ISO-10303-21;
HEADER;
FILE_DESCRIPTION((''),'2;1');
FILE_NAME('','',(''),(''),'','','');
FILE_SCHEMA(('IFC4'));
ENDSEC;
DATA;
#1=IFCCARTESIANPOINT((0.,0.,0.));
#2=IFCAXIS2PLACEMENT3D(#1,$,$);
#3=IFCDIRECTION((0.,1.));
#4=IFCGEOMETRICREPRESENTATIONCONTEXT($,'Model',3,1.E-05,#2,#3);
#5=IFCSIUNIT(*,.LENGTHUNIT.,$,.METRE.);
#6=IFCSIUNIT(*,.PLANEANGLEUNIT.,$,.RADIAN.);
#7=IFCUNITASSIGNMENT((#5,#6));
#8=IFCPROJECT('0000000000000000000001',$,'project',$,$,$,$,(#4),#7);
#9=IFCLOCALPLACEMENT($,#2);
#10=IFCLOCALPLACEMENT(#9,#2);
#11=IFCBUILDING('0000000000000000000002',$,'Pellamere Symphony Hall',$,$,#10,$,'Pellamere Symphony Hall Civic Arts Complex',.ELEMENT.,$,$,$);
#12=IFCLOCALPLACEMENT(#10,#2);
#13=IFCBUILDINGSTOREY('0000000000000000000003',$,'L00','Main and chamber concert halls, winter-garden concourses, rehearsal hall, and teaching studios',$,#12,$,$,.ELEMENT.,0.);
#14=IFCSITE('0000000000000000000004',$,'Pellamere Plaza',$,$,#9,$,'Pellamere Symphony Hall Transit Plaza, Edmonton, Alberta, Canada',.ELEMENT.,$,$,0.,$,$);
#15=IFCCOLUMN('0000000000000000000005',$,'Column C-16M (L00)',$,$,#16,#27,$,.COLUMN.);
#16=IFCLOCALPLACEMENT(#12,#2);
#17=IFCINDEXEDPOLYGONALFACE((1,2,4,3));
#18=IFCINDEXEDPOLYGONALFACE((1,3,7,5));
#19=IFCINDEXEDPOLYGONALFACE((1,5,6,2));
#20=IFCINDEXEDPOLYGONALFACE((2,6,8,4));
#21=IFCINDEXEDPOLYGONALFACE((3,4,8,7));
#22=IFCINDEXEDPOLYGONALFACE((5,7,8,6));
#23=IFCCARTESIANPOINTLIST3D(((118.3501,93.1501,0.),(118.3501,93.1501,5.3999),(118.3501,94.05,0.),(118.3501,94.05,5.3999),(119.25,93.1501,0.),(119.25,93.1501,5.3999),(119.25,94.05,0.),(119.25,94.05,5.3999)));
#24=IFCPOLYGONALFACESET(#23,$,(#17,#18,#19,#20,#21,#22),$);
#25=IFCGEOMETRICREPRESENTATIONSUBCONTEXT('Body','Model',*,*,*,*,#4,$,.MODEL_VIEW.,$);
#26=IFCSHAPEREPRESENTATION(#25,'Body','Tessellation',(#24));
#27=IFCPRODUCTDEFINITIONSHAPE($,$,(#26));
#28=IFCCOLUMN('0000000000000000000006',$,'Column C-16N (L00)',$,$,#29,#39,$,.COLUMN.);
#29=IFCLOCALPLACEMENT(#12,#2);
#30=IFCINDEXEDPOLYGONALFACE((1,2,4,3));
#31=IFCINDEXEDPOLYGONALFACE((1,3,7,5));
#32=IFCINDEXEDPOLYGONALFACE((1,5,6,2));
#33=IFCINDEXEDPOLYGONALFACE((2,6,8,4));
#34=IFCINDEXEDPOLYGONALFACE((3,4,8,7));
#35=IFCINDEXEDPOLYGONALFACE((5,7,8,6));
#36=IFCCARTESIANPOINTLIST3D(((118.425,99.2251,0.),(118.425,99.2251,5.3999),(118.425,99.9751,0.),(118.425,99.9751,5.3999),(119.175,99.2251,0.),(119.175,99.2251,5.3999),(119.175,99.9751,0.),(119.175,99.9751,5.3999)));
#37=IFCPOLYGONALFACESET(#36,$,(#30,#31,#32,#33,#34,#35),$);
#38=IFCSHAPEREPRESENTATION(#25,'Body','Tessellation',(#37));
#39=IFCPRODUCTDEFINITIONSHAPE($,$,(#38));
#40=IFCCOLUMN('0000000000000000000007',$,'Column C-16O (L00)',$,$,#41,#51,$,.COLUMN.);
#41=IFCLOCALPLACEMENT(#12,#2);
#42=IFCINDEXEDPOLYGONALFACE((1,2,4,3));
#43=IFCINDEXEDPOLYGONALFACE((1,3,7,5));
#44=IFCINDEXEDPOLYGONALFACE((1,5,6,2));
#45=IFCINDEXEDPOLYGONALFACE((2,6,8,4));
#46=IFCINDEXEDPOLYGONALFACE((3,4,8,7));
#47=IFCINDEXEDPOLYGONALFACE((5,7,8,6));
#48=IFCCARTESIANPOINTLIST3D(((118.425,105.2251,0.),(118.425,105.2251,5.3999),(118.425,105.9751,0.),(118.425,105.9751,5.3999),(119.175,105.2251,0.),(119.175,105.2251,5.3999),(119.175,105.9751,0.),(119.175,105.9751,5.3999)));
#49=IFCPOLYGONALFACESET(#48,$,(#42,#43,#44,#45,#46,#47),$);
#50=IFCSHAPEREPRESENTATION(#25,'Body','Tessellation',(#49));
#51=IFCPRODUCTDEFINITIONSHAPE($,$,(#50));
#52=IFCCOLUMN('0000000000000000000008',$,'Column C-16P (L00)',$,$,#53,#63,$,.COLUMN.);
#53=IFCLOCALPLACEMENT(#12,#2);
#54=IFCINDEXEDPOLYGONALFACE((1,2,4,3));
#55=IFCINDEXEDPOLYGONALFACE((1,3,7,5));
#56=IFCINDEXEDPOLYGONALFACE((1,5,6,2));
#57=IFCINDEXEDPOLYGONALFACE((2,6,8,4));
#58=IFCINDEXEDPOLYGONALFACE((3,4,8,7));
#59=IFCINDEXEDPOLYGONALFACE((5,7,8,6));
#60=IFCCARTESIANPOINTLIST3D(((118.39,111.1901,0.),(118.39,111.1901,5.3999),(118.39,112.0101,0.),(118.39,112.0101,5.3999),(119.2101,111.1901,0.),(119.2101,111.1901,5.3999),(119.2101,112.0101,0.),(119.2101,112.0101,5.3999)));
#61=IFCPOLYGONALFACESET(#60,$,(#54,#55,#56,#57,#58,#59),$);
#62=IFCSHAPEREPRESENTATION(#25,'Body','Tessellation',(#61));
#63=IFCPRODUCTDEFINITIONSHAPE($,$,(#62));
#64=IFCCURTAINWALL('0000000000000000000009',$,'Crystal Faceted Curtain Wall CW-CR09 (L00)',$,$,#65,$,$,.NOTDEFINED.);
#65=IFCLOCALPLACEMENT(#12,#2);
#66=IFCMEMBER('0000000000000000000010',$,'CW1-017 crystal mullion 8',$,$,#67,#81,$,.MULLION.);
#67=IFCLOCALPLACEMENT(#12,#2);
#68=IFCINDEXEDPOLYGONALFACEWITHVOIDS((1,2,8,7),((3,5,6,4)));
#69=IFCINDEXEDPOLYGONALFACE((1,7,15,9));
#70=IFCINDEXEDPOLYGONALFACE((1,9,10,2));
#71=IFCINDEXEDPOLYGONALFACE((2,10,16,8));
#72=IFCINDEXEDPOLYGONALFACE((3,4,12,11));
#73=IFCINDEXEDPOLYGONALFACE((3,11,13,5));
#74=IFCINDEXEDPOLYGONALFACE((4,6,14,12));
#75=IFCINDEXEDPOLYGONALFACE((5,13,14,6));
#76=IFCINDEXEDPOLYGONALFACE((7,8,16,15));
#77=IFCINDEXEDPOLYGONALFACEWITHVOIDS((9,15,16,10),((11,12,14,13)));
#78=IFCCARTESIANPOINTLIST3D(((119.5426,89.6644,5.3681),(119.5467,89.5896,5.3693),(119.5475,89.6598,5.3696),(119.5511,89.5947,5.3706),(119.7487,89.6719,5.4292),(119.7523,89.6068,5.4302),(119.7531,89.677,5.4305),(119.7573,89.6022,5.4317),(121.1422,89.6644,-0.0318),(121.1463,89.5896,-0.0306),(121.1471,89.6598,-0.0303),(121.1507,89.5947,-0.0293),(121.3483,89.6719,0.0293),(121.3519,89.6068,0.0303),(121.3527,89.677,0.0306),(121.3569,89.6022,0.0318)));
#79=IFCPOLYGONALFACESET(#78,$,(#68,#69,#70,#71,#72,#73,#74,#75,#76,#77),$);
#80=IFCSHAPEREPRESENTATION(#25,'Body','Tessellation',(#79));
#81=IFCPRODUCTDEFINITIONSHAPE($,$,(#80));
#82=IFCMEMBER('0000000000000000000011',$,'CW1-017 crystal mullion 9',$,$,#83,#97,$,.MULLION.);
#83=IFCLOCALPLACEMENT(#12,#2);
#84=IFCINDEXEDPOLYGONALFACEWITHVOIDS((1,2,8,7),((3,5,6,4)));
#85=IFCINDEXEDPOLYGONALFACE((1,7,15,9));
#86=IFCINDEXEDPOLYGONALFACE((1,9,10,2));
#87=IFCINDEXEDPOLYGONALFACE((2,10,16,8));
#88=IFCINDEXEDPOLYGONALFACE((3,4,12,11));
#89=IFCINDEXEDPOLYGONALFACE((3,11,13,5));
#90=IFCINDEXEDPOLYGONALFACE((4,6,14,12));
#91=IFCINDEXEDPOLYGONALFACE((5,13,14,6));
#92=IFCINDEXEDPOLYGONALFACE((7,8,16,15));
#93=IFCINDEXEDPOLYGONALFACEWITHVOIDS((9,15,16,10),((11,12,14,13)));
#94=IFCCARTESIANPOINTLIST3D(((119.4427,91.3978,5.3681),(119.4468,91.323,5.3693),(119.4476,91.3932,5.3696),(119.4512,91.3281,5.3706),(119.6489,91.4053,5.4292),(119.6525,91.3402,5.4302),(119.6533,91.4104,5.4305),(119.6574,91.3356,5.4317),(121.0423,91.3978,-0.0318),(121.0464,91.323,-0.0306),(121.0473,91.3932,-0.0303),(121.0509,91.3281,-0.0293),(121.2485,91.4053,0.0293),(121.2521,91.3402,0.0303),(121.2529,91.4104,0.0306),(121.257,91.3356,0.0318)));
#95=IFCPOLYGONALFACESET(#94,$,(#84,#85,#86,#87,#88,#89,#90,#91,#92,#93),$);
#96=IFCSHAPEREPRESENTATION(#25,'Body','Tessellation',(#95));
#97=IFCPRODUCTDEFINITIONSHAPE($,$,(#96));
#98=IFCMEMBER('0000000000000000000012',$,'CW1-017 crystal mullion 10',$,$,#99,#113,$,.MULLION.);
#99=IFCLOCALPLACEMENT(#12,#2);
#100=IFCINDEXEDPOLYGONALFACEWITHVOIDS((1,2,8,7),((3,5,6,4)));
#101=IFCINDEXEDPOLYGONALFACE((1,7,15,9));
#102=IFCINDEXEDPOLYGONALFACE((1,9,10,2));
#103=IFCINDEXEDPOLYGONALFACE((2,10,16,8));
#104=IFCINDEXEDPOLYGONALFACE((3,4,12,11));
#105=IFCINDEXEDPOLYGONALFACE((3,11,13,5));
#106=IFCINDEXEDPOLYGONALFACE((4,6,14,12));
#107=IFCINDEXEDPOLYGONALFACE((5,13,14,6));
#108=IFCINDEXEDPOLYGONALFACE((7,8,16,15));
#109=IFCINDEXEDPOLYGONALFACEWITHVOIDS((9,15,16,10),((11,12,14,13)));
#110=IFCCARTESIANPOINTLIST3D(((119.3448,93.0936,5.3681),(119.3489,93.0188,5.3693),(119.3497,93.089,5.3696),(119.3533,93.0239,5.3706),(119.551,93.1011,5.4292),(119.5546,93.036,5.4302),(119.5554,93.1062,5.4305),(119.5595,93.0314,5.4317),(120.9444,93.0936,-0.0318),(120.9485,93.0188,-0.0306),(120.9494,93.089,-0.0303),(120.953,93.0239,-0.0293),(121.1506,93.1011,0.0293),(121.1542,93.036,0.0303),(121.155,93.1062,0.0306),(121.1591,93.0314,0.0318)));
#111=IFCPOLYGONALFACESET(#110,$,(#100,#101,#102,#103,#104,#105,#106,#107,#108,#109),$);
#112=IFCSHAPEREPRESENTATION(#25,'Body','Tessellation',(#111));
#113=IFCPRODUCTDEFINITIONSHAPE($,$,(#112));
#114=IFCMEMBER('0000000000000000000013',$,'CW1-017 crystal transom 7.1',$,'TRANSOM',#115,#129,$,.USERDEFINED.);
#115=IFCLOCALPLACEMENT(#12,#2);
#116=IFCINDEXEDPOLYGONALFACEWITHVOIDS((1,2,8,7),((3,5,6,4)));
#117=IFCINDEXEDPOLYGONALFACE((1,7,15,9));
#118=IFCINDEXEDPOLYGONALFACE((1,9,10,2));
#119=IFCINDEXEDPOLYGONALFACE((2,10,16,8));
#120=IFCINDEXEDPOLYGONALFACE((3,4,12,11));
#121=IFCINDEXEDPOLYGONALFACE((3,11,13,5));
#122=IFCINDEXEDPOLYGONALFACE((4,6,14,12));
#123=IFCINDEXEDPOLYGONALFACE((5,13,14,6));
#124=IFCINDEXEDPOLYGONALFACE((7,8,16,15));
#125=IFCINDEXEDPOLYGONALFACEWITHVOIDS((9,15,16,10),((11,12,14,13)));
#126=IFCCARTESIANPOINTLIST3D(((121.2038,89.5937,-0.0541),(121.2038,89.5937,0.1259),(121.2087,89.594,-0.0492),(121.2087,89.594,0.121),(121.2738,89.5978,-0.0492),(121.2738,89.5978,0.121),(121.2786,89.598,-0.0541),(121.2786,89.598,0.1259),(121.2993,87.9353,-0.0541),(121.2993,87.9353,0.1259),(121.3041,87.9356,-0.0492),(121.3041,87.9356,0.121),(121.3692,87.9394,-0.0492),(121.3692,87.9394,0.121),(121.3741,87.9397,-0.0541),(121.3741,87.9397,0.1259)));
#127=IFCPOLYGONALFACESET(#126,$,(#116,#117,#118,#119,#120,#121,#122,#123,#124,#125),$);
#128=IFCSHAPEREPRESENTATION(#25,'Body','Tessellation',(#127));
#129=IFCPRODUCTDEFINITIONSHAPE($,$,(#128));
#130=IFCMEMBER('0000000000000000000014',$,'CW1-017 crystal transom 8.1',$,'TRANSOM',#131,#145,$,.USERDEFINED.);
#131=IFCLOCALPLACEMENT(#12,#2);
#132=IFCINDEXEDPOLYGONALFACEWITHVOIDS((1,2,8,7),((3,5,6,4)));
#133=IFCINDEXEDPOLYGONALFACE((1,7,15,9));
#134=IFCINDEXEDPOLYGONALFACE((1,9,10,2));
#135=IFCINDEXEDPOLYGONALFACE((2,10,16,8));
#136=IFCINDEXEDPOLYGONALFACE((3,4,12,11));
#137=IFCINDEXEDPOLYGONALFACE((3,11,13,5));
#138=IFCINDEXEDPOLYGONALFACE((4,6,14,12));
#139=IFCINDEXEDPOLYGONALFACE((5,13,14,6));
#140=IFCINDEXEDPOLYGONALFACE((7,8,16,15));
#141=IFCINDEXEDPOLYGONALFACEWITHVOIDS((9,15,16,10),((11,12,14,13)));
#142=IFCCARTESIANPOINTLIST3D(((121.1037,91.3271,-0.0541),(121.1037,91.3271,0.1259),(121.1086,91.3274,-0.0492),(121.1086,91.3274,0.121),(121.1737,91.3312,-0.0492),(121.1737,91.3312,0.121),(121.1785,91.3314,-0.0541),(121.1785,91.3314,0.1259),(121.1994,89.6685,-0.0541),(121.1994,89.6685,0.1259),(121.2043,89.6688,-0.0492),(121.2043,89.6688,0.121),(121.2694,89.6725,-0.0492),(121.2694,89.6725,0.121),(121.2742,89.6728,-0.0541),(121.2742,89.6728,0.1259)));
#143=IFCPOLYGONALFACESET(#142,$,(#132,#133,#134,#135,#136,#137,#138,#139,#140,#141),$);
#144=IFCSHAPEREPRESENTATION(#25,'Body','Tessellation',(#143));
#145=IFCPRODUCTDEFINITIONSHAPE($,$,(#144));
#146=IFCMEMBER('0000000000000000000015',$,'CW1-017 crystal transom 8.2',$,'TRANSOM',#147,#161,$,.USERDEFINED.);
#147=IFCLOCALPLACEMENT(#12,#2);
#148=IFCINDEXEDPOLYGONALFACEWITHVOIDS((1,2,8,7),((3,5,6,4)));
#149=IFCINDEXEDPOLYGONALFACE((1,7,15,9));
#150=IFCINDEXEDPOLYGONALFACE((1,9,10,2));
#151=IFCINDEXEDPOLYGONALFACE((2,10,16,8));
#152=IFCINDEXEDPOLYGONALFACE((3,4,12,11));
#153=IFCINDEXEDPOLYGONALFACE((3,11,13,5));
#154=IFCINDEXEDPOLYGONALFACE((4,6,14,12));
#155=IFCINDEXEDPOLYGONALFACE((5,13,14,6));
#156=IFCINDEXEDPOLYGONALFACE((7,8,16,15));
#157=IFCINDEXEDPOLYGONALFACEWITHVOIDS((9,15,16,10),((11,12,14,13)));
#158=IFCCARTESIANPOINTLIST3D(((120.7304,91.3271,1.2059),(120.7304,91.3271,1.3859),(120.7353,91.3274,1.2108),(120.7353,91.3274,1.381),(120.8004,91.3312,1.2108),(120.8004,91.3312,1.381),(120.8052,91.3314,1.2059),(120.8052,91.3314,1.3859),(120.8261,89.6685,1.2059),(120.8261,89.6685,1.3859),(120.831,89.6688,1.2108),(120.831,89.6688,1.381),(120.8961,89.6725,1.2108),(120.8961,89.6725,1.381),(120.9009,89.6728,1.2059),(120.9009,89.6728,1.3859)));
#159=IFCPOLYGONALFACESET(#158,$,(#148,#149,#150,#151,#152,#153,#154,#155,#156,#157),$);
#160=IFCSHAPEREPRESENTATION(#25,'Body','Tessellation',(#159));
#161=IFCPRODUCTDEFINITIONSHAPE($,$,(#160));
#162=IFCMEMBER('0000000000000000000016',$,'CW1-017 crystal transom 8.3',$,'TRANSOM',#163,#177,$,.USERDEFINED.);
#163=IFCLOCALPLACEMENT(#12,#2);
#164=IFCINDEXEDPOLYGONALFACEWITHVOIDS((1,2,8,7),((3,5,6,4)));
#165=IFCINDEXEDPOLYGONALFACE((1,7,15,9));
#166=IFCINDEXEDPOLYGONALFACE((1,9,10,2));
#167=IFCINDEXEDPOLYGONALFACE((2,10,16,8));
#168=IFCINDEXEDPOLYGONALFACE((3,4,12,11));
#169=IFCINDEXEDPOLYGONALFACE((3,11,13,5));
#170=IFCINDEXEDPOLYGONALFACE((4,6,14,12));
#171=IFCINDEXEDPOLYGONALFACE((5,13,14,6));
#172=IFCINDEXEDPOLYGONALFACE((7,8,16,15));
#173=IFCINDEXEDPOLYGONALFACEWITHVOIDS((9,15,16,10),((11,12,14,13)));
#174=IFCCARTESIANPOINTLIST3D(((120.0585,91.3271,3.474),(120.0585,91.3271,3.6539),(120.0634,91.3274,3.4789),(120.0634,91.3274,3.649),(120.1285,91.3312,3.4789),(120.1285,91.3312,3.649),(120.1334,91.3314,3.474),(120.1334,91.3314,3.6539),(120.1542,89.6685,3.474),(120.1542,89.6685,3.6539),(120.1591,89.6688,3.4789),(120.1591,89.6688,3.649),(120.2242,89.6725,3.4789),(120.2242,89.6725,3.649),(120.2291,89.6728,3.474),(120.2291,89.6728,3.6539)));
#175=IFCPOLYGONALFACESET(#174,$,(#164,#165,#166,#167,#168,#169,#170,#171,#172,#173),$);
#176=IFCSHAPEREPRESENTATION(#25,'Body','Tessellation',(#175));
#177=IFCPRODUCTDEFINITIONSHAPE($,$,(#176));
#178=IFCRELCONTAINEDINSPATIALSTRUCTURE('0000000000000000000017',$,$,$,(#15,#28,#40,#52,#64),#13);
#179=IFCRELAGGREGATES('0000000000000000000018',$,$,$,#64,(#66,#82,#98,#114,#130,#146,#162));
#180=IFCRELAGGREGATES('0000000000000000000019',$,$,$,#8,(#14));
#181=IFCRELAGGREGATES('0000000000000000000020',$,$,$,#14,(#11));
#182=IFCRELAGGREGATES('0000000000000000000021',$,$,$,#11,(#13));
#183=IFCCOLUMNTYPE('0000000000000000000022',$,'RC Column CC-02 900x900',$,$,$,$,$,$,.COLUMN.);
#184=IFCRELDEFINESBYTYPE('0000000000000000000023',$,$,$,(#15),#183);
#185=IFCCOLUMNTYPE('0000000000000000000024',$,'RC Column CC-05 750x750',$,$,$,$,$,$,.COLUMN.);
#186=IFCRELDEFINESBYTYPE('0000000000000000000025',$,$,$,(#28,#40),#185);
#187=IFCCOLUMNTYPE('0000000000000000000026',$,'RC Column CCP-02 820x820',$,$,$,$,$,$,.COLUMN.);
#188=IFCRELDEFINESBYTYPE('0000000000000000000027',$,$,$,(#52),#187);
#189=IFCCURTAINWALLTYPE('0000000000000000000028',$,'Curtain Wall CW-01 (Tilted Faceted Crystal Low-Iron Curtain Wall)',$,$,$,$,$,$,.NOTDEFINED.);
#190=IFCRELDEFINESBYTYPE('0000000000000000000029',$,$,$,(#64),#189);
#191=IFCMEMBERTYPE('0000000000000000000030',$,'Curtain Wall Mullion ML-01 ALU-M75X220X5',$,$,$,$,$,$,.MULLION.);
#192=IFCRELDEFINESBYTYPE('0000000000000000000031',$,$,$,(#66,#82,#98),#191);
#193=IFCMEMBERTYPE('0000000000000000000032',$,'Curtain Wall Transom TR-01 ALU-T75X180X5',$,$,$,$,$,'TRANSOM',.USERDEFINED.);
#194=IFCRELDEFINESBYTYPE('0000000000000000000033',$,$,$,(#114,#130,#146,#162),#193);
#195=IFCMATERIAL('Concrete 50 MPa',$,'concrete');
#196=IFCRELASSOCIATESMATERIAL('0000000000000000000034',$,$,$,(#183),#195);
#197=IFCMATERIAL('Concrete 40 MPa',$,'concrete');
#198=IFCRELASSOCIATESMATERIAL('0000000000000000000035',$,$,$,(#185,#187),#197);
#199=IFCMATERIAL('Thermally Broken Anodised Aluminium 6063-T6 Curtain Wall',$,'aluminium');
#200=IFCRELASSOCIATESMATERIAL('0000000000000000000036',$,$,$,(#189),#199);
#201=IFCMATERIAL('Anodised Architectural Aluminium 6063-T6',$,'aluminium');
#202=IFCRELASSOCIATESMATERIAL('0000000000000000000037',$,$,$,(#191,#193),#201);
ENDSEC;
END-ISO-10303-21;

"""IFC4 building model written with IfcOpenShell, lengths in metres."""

from ifc_helpers import new_model, si_unit, direction, frame, origin, origin_2d, place, context, subcontext, project, spatial, rectangle, hollow_rectangle, extrude, material, material_profile, profile_set, type_object, element, aggregate, save


model = new_model("IFC4")

# Units and contexts
model_context = context("Model", 3, precision=1e-05, world=origin(), true_north=direction((0.0, 1.0)))
body_context = subcontext(model_context, "Body", "Model", "MODEL_VIEW")
ifc_project = project(units=[si_unit("LENGTHUNIT", "METRE"), si_unit("PLANEANGLEUNIT", "RADIAN")], contexts=[model_context])

# Site, building, storey
site_placement = place(None, origin())
site = spatial("IfcSite", under=ifc_project, at=site_placement, Name="Pellamere Plaza", LongName="Pellamere Symphony Hall Transit Plaza, Edmonton, Alberta, Canada", CompositionType="ELEMENT", RefElevation=0.0)
building_placement = place(site_placement, origin())
building = spatial("IfcBuilding", under=site, at=building_placement, Name="Pellamere Symphony Hall", LongName="Pellamere Symphony Hall Civic Arts Complex", CompositionType="ELEMENT")
storey_placement = place(building_placement, origin())
storey = spatial("IfcBuildingStorey", under=building, at=storey_placement, Name="L00", Description="Main and chamber concert halls, winter-garden concourses, rehearsal hall, and teaching studios", CompositionType="ELEMENT", Elevation=0.0)

# Columns
ifc_material_1 = material(Name="Concrete 50 MPa", Category="concrete")
ifc_material_profile_1 = material_profile(ifc_material_1, rectangle(XDim=0.8999, YDim=0.8999, at=origin_2d()), Name="RC 900x900")
ifc_profile_set_1 = profile_set([ifc_material_profile_1], Name="Concrete 50 MPa")
column_type_1 = type_object("IfcColumnType", Name="RC Column CC-02 900x900", PredefinedType="COLUMN", material=ifc_profile_set_1)
column_1_placement = place(storey_placement, frame((118.8, 93.6001, 0.0), z_axis=(0.0, 0.0, 1.0), x_axis=(1.0, 0.0, 0.0)))
element("IfcColumn", 1, at=column_1_placement, inside=storey, type_object=column_type_1, Name="Column C-16M (L00)", PredefinedType="COLUMN", context=body_context, shape_type="SweptSolid", body=[
    extrude(rectangle(XDim=0.8999, YDim=0.8999, at=origin_2d()), origin(), (0.0, 0.0, 1.0), 5.3999),
])
ifc_material_2 = material(Name="Concrete 40 MPa", Category="concrete")
ifc_material_profile_2 = material_profile(ifc_material_2, rectangle(XDim=0.75, YDim=0.75, at=origin_2d()), Name="RC 750x750")
ifc_profile_set_2 = profile_set([ifc_material_profile_2], Name="Concrete 40 MPa")
column_type_2 = type_object("IfcColumnType", Name="RC Column CC-05 750x750", PredefinedType="COLUMN", material=ifc_profile_set_2)
for number, where, z_axis, x_axis, name in (
    (2, (118.8, 99.6001, 0.0), (0.0, 0.0, 1.0), (1.0, 0.0, 0.0), "Column C-16N (L00)"),
    (3, (118.8, 105.6001, 0.0), (0.0, 0.0, 1.0), (1.0, 0.0, 0.0), "Column C-16O (L00)"),
):
    element("IfcColumn", number, at=place(storey_placement, frame(where, z_axis=z_axis, x_axis=x_axis)), inside=storey, type_object=column_type_2, Name=name, PredefinedType="COLUMN", context=body_context, shape_type="SweptSolid", body=[
        extrude(rectangle(XDim=0.75, YDim=0.75, at=origin_2d()), origin(), (0.0, 0.0, 1.0), 5.3999),
    ])
ifc_material_profile_3 = material_profile(ifc_material_2, rectangle(XDim=0.8201, YDim=0.8201, at=origin_2d()), Name="RC 820x820")
ifc_profile_set_3 = profile_set([ifc_material_profile_3], Name="Concrete 40 MPa")
column_type_3 = type_object("IfcColumnType", Name="RC Column CCP-02 820x820", PredefinedType="COLUMN", material=ifc_profile_set_3)
column_2_placement = place(storey_placement, frame((118.8, 111.6001, 0.0), z_axis=(0.0, 0.0, 1.0), x_axis=(1.0, 0.0, 0.0)))
element("IfcColumn", 4, at=column_2_placement, inside=storey, type_object=column_type_3, Name="Column C-16P (L00)", PredefinedType="COLUMN", context=body_context, shape_type="SweptSolid", body=[
    extrude(rectangle(XDim=0.8201, YDim=0.8201, at=origin_2d()), origin(), (0.0, 0.0, 1.0), 5.3999),
])

# Curtain wall, members
ifc_material_3 = material(Name="Thermally Broken Anodised Aluminium 6063-T6 Curtain Wall", Category="aluminium")
curtain_wall_type = type_object("IfcCurtainWallType", Name="Curtain Wall CW-01 (Tilted Faceted Crystal Low-Iron Curtain Wall)", PredefinedType="NOTDEFINED", material=ifc_material_3)
curtain_wall_placement = place(storey_placement, origin())
curtain_wall = element("IfcCurtainWall", 5, at=curtain_wall_placement, inside=storey, type_object=curtain_wall_type, Name="Crystal Faceted Curtain Wall CW-CR09 (L00)", PredefinedType="NOTDEFINED")
ifc_material_4 = material(Name="Anodised Architectural Aluminium 6063-T6", Category="aluminium")
ifc_material_profile_4 = material_profile(ifc_material_4, hollow_rectangle(XDim=0.075, YDim=0.22, WallThickness=0.0049, at=origin_2d()), Name="ALU-M75X220X5")
ifc_profile_set_4 = profile_set([ifc_material_profile_4], Name="Anodised Architectural Aluminium 6063-T6")
member_type_1 = type_object("IfcMemberType", Name="Curtain Wall Mullion ML-01 ALU-M75X220X5", PredefinedType="MULLION", material=ifc_profile_set_4)
member_1_placement = place(storey_placement, frame((121.2495, 89.6333, 0.0), z_axis=(-0.284029, 0.0, 0.958816), x_axis=(-0.055224, 0.99834, -0.016359)))
member_1 = element("IfcMember", 6, at=member_1_placement, type_object=member_type_1, Name="CW1-017 crystal mullion 8", PredefinedType="MULLION", context=body_context, shape_type="SweptSolid", body=[
    extrude(hollow_rectangle(XDim=0.075, YDim=0.22, WallThickness=0.0049, at=origin_2d()), origin(), (0.0, 0.0, 1.0), 5.6318),
])
member_2_placement = place(storey_placement, frame((121.1497, 91.3667, 0.0), z_axis=(-0.284029, 0.0, 0.958816), x_axis=(-0.055224, 0.99834, -0.016359)))
member_2 = element("IfcMember", 7, at=member_2_placement, type_object=member_type_1, Name="CW1-017 crystal mullion 9", PredefinedType="MULLION", context=body_context, shape_type="SweptSolid", body=[
    extrude(hollow_rectangle(XDim=0.075, YDim=0.22, WallThickness=0.0049, at=origin_2d()), origin(), (0.0, 0.0, 1.0), 5.6318),
])
member_3_placement = place(storey_placement, frame((121.0518, 93.0625, 0.0), z_axis=(-0.284029, 0.0, 0.958816), x_axis=(-0.055224, 0.99834, -0.016359)))
member_3 = element("IfcMember", 8, at=member_3_placement, type_object=member_type_1, Name="CW1-017 crystal mullion 10", PredefinedType="MULLION", context=body_context, shape_type="SweptSolid", body=[
    extrude(hollow_rectangle(XDim=0.075, YDim=0.22, WallThickness=0.0049, at=origin_2d()), origin(), (0.0, 0.0, 1.0), 5.6318),
])
ifc_material_profile_5 = material_profile(ifc_material_4, hollow_rectangle(XDim=0.075, YDim=0.1799, WallThickness=0.0049, at=origin_2d()), Name="ALU-T75X180X5")
ifc_profile_set_5 = profile_set([ifc_material_profile_5], Name="Anodised Architectural Aluminium 6063-T6")
member_type_2 = type_object("IfcMemberType", Name="Curtain Wall Transom TR-01 ALU-T75X180X5", ElementType="TRANSOM", PredefinedType="USERDEFINED", material=ifc_profile_set_5)
member_4_placement = place(storey_placement, frame((121.3367, 87.9375, 0.0359), z_axis=(-0.057464, 0.998348, 0.0), x_axis=(-0.998348, -0.057464, 0.0)))
member_4 = element("IfcMember", 9, at=member_4_placement, type_object=member_type_2, Name="CW1-017 crystal transom 7.1", ObjectType="TRANSOM", PredefinedType="USERDEFINED", context=body_context, shape_type="SweptSolid", body=[
    extrude(hollow_rectangle(XDim=0.075, YDim=0.1799, WallThickness=0.0049, at=origin_2d()), origin(), (0.0, 0.0, 1.0), 1.6611),
])
member_5_placement = place(storey_placement, frame((121.2368, 89.6707, 0.0359), z_axis=(-0.057602, 0.99834, 0.0), x_axis=(-0.99834, -0.057602, 0.0)))
member_5 = element("IfcMember", 10, at=member_5_placement, type_object=member_type_2, Name="CW1-017 crystal transom 8.1", ObjectType="TRANSOM", PredefinedType="USERDEFINED", context=body_context, shape_type="SweptSolid", body=[
    extrude(hollow_rectangle(XDim=0.075, YDim=0.1799, WallThickness=0.0049, at=origin_2d()), origin(), (0.0, 0.0, 1.0), 1.6614),
])
member_6_placement = place(storey_placement, frame((120.8635, 89.6707, 1.2959), z_axis=(-0.057602, 0.99834, 0.0), x_axis=(-0.99834, -0.057602, 0.0)))
member_6 = element("IfcMember", 11, at=member_6_placement, type_object=member_type_2, Name="CW1-017 crystal transom 8.2", ObjectType="TRANSOM", PredefinedType="USERDEFINED", context=body_context, shape_type="SweptSolid", body=[
    extrude(hollow_rectangle(XDim=0.075, YDim=0.1799, WallThickness=0.0049, at=origin_2d()), origin(), (0.0, 0.0, 1.0), 1.6614),
])
member_7_placement = place(storey_placement, frame((120.1917, 89.6707, 3.564), z_axis=(-0.057602, 0.99834, 0.0), x_axis=(-0.99834, -0.057602, 0.0)))
member_7 = element("IfcMember", 12, at=member_7_placement, type_object=member_type_2, Name="CW1-017 crystal transom 8.3", ObjectType="TRANSOM", PredefinedType="USERDEFINED", context=body_context, shape_type="SweptSolid", body=[
    extrude(hollow_rectangle(XDim=0.075, YDim=0.1799, WallThickness=0.0049, at=origin_2d()), origin(), (0.0, 0.0, 1.0), 1.6614),
])

aggregate(curtain_wall, [member_1, member_2, member_3, member_4, member_5, member_6, member_7])

save(model, "model.ifc")
